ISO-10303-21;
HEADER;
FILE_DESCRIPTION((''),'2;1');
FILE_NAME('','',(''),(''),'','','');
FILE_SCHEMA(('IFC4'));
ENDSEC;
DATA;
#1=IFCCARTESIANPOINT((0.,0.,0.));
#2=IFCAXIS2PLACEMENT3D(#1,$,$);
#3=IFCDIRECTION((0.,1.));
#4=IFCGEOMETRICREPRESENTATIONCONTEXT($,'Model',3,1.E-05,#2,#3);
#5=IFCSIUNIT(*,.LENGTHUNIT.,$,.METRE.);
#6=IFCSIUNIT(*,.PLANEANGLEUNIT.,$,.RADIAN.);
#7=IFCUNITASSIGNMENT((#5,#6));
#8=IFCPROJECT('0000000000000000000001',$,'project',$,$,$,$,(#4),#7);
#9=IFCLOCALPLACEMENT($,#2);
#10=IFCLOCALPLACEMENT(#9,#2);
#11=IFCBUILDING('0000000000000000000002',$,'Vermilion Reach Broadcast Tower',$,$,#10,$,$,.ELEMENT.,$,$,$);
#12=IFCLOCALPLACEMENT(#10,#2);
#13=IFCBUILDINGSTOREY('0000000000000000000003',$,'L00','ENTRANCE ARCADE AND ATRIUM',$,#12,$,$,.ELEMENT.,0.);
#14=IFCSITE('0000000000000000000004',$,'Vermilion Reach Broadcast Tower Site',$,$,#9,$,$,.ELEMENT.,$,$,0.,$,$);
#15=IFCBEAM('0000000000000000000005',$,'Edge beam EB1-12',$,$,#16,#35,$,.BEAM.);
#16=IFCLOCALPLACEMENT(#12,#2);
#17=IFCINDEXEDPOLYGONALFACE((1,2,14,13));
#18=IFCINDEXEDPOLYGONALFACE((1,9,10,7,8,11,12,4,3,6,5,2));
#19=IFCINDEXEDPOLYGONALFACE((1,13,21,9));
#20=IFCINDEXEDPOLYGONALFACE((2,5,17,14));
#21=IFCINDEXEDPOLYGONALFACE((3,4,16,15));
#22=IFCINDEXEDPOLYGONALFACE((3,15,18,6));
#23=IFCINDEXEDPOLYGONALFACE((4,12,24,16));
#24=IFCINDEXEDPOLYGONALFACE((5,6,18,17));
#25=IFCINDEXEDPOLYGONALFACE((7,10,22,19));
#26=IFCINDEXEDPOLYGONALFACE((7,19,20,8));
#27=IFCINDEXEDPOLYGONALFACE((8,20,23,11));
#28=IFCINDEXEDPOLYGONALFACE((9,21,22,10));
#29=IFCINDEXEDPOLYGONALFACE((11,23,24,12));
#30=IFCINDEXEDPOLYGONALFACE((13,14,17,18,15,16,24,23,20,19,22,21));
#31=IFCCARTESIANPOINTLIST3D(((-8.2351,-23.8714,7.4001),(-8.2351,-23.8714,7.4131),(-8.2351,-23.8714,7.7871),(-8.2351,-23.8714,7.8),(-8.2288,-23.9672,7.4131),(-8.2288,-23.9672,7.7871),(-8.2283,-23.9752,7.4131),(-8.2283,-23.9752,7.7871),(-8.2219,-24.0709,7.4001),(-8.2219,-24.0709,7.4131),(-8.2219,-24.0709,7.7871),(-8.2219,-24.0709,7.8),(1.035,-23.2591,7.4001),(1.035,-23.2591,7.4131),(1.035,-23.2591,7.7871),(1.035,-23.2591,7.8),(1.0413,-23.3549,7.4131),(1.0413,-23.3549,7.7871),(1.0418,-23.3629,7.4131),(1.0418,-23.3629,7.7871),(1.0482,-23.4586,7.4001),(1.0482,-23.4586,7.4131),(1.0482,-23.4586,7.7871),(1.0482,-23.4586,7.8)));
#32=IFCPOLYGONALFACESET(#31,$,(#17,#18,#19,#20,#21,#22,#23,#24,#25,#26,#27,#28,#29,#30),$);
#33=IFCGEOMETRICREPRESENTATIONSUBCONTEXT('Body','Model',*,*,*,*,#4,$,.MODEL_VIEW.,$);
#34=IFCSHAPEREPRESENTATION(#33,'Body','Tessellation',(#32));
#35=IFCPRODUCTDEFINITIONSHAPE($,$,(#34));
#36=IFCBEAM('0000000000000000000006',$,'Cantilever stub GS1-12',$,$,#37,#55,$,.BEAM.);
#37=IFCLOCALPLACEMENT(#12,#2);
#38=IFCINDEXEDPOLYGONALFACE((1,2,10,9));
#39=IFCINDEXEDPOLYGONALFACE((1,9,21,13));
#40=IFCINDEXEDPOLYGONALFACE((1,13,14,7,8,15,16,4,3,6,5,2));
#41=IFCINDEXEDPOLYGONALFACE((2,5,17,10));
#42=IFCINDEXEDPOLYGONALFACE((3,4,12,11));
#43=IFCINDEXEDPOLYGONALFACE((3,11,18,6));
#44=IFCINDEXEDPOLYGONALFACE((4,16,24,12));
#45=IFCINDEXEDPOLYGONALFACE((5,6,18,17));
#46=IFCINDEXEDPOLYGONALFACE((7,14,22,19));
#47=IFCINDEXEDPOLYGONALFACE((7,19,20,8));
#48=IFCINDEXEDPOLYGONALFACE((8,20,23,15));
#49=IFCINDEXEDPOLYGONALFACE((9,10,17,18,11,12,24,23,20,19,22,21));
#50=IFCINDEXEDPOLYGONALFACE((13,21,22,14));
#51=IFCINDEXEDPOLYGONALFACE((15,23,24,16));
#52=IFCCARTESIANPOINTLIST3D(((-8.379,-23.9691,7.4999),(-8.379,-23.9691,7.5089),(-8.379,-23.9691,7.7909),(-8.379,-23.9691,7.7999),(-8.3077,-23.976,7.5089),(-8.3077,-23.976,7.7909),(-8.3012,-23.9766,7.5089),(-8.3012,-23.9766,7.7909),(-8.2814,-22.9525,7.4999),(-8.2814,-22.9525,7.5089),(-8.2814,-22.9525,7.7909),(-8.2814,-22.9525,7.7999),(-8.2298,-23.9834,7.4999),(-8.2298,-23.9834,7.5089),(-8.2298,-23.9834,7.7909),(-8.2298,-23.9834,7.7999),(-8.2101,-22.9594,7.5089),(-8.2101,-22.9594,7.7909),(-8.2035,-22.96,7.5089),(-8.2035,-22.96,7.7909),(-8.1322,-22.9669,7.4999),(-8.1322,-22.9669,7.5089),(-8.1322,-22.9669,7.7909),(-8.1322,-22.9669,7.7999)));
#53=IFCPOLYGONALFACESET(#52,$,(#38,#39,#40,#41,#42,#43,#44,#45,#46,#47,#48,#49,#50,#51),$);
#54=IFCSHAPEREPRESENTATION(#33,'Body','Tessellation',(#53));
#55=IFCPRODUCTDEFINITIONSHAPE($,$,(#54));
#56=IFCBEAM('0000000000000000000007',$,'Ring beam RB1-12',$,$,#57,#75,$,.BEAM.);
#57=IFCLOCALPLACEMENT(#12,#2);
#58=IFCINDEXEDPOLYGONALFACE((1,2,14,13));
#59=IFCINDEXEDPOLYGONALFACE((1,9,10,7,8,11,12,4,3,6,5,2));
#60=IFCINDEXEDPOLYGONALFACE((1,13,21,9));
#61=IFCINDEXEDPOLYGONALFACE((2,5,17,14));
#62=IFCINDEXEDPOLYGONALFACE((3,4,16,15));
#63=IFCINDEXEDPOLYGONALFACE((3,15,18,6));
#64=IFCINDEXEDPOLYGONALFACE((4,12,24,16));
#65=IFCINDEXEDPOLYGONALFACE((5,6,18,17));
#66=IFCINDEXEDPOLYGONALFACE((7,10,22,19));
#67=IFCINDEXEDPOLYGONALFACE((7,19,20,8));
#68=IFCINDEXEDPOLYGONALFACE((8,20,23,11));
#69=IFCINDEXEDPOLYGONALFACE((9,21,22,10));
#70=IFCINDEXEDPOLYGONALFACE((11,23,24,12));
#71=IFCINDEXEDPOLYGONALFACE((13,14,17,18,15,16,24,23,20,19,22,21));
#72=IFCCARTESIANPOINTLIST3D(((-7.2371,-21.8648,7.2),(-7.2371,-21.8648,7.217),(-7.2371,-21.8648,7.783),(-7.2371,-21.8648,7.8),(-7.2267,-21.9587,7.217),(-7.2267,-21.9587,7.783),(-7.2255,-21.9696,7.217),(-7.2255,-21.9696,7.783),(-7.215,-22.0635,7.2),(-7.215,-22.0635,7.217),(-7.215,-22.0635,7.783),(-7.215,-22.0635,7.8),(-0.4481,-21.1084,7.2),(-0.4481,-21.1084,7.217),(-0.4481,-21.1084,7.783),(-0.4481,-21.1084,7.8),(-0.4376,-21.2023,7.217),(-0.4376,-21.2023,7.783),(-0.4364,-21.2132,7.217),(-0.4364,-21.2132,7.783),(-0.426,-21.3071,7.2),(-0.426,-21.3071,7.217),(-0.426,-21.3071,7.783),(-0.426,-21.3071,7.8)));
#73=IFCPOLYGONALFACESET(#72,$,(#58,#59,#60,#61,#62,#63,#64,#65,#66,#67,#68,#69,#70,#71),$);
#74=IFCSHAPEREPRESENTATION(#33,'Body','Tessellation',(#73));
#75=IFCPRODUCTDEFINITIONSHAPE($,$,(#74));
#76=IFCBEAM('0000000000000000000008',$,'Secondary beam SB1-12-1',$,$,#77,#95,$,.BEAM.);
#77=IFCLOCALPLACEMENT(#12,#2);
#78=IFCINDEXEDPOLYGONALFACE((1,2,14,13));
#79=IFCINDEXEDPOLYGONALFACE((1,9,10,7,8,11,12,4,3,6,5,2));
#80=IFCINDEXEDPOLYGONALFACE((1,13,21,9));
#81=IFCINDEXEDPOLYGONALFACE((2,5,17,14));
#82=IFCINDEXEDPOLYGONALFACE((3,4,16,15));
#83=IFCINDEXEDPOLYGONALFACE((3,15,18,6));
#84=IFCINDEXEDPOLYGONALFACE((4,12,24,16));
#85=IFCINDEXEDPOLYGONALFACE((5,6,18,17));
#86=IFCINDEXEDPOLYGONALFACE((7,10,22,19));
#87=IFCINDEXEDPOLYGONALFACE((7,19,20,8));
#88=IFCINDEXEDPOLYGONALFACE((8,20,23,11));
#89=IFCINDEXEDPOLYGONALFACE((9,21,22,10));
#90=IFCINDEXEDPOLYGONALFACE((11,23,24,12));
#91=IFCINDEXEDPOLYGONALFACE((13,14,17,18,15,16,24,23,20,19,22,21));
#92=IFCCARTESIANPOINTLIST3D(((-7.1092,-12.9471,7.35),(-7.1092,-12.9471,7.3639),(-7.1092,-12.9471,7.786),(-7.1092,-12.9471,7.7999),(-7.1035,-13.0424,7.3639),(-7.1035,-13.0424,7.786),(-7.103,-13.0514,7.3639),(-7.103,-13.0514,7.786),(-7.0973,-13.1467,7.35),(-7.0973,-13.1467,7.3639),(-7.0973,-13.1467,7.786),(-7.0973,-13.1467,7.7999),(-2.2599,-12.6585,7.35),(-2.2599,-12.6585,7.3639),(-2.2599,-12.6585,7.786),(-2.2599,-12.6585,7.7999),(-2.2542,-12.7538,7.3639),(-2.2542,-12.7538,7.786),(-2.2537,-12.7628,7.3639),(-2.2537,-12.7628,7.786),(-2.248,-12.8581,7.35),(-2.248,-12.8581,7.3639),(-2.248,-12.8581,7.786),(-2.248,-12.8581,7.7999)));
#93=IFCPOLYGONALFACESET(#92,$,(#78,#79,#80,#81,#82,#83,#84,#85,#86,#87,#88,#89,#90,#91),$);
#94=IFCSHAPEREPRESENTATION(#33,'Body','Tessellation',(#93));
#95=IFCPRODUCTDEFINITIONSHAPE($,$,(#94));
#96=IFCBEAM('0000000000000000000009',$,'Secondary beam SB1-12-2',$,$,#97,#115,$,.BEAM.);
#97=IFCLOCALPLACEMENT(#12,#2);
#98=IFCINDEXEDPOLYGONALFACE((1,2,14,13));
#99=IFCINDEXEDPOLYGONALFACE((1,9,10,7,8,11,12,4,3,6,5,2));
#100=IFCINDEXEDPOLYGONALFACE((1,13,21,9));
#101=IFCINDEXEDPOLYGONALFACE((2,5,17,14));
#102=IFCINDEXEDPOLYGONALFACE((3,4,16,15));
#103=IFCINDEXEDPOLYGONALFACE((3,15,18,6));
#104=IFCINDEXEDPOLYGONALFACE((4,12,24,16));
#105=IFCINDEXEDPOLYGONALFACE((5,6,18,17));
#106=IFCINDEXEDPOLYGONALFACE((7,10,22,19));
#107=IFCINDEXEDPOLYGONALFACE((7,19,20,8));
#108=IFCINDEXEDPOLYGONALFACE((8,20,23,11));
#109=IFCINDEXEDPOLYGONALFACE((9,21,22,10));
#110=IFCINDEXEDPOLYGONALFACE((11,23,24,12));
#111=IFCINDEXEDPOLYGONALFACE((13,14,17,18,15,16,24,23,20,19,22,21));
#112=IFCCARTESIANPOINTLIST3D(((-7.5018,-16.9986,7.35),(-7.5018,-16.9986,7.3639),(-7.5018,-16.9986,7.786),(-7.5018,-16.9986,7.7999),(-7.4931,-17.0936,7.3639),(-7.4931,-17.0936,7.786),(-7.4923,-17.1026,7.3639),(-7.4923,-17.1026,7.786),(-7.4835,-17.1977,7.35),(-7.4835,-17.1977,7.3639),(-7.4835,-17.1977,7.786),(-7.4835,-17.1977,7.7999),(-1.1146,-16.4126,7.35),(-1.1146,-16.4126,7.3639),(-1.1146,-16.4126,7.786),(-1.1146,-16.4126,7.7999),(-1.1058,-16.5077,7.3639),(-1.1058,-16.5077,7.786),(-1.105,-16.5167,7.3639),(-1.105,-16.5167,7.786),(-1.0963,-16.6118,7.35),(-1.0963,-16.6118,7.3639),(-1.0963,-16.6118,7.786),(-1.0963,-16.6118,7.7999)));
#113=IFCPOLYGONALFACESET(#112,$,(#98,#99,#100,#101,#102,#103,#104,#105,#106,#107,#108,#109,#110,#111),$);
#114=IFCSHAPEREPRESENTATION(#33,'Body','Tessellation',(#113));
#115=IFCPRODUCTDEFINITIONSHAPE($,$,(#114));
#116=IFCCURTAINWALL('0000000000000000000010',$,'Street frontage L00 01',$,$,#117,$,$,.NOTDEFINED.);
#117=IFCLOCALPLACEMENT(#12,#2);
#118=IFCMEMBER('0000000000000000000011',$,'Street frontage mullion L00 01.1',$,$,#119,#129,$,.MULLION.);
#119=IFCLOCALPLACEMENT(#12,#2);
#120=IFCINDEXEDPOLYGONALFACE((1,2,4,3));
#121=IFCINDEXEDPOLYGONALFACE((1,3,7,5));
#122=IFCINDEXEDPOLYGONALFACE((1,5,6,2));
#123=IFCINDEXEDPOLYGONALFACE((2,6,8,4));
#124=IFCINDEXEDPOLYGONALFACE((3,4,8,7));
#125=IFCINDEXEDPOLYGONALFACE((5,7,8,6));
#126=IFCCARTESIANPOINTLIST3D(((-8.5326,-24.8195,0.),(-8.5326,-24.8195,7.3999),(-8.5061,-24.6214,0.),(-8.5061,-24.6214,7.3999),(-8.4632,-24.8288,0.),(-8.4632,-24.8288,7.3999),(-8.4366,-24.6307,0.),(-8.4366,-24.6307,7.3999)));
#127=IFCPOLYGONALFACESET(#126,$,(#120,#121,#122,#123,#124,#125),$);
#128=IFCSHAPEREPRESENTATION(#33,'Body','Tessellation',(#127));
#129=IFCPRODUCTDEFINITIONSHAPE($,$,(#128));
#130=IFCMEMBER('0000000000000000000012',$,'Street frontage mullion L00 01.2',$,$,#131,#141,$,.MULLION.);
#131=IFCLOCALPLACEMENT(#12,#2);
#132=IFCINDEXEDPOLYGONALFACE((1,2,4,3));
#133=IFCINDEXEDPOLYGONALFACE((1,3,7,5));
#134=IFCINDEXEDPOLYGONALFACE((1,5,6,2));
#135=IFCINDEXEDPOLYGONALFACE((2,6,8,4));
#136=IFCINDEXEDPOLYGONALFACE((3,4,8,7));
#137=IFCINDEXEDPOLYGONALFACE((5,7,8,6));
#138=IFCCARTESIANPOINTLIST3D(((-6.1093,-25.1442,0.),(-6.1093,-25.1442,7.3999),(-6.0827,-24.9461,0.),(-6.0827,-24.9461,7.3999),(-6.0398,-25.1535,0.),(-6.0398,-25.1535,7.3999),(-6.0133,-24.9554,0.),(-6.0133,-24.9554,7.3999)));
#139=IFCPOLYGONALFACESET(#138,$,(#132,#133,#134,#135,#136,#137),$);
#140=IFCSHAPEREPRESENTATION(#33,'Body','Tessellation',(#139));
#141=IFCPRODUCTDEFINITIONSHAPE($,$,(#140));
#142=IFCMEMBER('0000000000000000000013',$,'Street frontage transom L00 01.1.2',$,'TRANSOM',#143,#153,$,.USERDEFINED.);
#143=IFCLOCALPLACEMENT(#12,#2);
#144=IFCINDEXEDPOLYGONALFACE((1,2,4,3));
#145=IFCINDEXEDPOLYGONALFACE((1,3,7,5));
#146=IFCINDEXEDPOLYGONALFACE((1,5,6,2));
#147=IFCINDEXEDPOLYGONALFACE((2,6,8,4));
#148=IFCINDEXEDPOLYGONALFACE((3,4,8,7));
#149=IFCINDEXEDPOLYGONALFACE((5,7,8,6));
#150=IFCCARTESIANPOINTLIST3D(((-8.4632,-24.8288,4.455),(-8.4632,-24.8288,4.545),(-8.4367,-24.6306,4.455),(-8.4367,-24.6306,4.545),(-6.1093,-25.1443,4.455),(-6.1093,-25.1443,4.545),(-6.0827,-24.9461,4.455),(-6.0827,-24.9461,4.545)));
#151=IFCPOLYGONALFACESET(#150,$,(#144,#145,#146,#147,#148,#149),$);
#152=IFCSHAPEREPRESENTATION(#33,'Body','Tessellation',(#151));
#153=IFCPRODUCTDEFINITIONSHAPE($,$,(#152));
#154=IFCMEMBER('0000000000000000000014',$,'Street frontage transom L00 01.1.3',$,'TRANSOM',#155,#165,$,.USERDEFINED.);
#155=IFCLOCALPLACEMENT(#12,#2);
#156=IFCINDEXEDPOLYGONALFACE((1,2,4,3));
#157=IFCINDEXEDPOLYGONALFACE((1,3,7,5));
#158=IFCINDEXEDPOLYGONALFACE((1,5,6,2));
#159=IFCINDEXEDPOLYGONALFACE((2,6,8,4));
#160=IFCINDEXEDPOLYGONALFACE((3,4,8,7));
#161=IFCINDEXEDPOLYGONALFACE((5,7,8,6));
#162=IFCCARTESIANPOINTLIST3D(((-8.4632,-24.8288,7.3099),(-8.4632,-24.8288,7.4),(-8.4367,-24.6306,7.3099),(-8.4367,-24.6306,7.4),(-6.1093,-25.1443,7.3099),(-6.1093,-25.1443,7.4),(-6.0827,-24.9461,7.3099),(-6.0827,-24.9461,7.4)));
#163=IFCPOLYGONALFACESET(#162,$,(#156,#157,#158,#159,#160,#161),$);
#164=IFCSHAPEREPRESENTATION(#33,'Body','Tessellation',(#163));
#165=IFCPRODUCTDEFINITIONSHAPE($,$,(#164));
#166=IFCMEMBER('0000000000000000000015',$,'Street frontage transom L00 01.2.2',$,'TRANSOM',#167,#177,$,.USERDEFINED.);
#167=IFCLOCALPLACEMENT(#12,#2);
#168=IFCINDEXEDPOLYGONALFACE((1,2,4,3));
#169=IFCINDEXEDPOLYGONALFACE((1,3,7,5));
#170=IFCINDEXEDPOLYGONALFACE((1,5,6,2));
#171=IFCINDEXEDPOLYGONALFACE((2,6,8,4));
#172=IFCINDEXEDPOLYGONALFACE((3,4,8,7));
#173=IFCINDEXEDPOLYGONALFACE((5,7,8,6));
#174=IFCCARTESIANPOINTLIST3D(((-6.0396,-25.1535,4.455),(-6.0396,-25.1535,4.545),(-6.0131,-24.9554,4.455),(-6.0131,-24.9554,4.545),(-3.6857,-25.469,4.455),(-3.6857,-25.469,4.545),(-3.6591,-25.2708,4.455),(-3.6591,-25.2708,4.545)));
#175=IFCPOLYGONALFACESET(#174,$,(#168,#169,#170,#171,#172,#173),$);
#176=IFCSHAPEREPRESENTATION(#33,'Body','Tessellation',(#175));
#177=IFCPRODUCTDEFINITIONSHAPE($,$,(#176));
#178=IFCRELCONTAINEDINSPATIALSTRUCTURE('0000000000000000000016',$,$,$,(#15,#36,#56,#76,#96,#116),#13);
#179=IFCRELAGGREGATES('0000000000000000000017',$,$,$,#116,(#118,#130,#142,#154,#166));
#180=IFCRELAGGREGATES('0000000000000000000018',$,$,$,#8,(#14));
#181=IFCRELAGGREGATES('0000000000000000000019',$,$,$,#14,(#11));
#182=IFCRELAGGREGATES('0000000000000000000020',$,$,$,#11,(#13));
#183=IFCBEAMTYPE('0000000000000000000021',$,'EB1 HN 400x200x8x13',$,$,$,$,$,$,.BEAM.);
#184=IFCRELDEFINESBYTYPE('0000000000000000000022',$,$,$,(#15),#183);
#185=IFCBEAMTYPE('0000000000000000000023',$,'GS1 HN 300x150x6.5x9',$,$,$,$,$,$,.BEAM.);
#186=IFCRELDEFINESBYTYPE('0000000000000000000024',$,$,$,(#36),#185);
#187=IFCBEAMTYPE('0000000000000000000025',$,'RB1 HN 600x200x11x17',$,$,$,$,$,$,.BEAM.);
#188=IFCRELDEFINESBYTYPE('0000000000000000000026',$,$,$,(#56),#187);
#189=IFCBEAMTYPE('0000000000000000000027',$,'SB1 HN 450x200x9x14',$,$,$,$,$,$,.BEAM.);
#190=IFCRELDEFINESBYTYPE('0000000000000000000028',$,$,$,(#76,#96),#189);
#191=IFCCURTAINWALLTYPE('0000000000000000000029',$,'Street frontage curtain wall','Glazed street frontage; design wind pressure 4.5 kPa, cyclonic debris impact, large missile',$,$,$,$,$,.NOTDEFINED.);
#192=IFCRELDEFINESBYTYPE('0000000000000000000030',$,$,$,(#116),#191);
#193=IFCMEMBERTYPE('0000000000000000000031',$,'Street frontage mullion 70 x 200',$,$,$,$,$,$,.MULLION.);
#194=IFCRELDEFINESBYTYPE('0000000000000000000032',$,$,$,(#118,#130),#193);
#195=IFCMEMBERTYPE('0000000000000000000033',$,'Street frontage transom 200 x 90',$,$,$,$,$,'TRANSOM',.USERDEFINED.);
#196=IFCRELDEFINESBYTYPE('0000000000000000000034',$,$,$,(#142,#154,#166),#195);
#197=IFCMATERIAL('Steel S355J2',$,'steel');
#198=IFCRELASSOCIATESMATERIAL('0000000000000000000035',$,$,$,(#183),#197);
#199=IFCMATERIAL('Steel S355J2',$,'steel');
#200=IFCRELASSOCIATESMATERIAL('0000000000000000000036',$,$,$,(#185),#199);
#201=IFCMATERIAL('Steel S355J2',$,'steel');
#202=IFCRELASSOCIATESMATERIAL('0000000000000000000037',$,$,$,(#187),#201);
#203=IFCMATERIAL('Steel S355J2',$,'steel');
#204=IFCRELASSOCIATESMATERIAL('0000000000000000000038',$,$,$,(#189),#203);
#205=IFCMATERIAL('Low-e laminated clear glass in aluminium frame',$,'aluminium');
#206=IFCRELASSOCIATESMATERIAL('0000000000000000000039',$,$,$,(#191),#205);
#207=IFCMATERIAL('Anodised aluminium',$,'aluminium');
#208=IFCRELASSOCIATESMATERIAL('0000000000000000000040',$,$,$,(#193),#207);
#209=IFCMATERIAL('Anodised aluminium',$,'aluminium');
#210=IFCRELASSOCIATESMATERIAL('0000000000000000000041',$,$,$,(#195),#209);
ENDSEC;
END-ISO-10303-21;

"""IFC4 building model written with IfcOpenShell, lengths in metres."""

from ifc_helpers import new_model, si_unit, direction, frame, origin, origin_2d, place, context, subcontext, project, spatial, rectangle, i_section, extrude, material, material_profile, profile_set, type_object, element, aggregate, save


model = new_model("IFC4")

# Units and contexts
model_context = context("Model", 3, precision=1e-05, world=origin(), true_north=direction((0.0, 1.0)))
body_context = subcontext(model_context, "Body", "Model", "MODEL_VIEW")
ifc_project = project(units=[si_unit("LENGTHUNIT", "METRE"), si_unit("PLANEANGLEUNIT", "RADIAN")], contexts=[model_context])

# Site, building, storey
site_placement = place(None, origin())
site = spatial("IfcSite", under=ifc_project, at=site_placement, Name="Vermilion Reach Broadcast Tower Site", CompositionType="ELEMENT", RefElevation=0.0)
building_placement = place(site_placement, origin())
building = spatial("IfcBuilding", under=site, at=building_placement, Name="Vermilion Reach Broadcast Tower", CompositionType="ELEMENT")
storey_placement = place(building_placement, origin())
storey = spatial("IfcBuildingStorey", under=building, at=storey_placement, Name="L00", Description="ENTRANCE ARCADE AND ATRIUM", CompositionType="ELEMENT", Elevation=0.0)

# Beams
ifc_material_1 = material(Name="Steel S355J2", Category="steel")
ifc_material_profile_1 = material_profile(ifc_material_1, i_section(OverallWidth=0.2, OverallDepth=0.3999, WebThickness=0.0081, FlangeThickness=0.0129, at=origin_2d()), Name="S355J2 HN 400x200x8x13")
ifc_profile_set_1 = profile_set([ifc_material_profile_1], Name="Steel S355J2")
beam_type_1 = type_object("IfcBeamType", Name="EB1 HN 400x200x8x13", PredefinedType="BEAM", material=ifc_profile_set_1)
beam_1_placement = place(storey_placement, frame((-8.2285, -23.9712, 7.6001), z_axis=(0.997826, 0.065909, 0.0), x_axis=(-0.065909, 0.997826, 0.0)))
element("IfcBeam", 1, at=beam_1_placement, inside=storey, type_object=beam_type_1, Name="Edge beam EB1-12", PredefinedType="BEAM", context=body_context, shape_type="SweptSolid", body=[
    extrude(i_section(OverallWidth=0.2, OverallDepth=0.3999, WebThickness=0.0081, FlangeThickness=0.0129, at=origin_2d()), origin(), (0.0, 0.0, 1.0), 9.2903),
])
ifc_material_2 = material(Name="Steel S355J2", Category="steel")
ifc_material_profile_2 = material_profile(ifc_material_2, i_section(OverallWidth=0.1499, OverallDepth=0.3, WebThickness=0.0066, FlangeThickness=0.009, at=origin_2d()), Name="S355J2 HN 300x150x6.5x9")
ifc_profile_set_2 = profile_set([ifc_material_profile_2], Name="Steel S355J2")
beam_type_2 = type_object("IfcBeamType", Name="GS1 HN 300x150x6.5x9", PredefinedType="BEAM", material=ifc_profile_set_2)
beam_2_placement = place(storey_placement, frame((-8.2068, -22.9597, 7.6499), z_axis=(-0.095621, -0.995418, 0.0), x_axis=(0.995418, -0.095621, 0.0)))
element("IfcBeam", 2, at=beam_2_placement, inside=storey, type_object=beam_type_2, Name="Cantilever stub GS1-12", PredefinedType="BEAM", context=body_context, shape_type="SweptSolid", body=[
    extrude(i_section(OverallWidth=0.1499, OverallDepth=0.3, WebThickness=0.0066, FlangeThickness=0.009, at=origin_2d()), origin(), (0.0, 0.0, 1.0), 1.0212),
])
ifc_material_3 = material(Name="Steel S355J2", Category="steel")
ifc_material_profile_3 = material_profile(ifc_material_3, i_section(OverallWidth=0.2, OverallDepth=0.6001, WebThickness=0.011, FlangeThickness=0.0171, at=origin_2d()), Name="S355J2 HN 600x200x11x17")
ifc_profile_set_3 = profile_set([ifc_material_profile_3], Name="Steel S355J2")
beam_type_3 = type_object("IfcBeamType", Name="RB1 HN 600x200x11x17", PredefinedType="BEAM", material=ifc_profile_set_3)
beam_3_placement = place(storey_placement, frame((-7.2261, -21.9641, 7.5), z_axis=(0.993851, 0.110722, 0.0), x_axis=(-0.110722, 0.993851, 0.0)))
element("IfcBeam", 3, at=beam_3_placement, inside=storey, type_object=beam_type_3, Name="Ring beam RB1-12", PredefinedType="BEAM", context=body_context, shape_type="SweptSolid", body=[
    extrude(i_section(OverallWidth=0.2, OverallDepth=0.6001, WebThickness=0.011, FlangeThickness=0.0171, at=origin_2d()), origin(), (0.0, 0.0, 1.0), 6.8311),
])
ifc_material_4 = material(Name="Steel S355J2", Category="steel")
ifc_material_profile_4 = material_profile(ifc_material_4, i_section(OverallWidth=0.2, OverallDepth=0.45, WebThickness=0.009, FlangeThickness=0.0139, at=origin_2d()), Name="S355J2 HN 450x200x9x14")
ifc_profile_set_4 = profile_set([ifc_material_profile_4], Name="Steel S355J2")
beam_type_4 = type_object("IfcBeamType", Name="SB1 HN 450x200x9x14", PredefinedType="BEAM", material=ifc_profile_set_4)
beam_4_placement = place(storey_placement, frame((-7.1033, -13.0469, 7.575), z_axis=(0.998234, 0.059403, 0.0), x_axis=(-0.059403, 0.998234, 0.0)))
element("IfcBeam", 4, at=beam_4_placement, inside=storey, type_object=beam_type_4, Name="Secondary beam SB1-12-1", PredefinedType="BEAM", context=body_context, shape_type="SweptSolid", body=[
    extrude(i_section(OverallWidth=0.2, OverallDepth=0.45, WebThickness=0.009, FlangeThickness=0.0139, at=origin_2d()), origin(), (0.0, 0.0, 1.0), 4.8579),
])
beam_5_placement = place(storey_placement, frame((-7.4927, -17.0981, 7.575), z_axis=(0.995819, 0.091353, 0.0), x_axis=(-0.091353, 0.995819, 0.0)))
element("IfcBeam", 5, at=beam_5_placement, inside=storey, type_object=beam_type_4, Name="Secondary beam SB1-12-2", PredefinedType="BEAM", context=body_context, shape_type="SweptSolid", body=[
    extrude(i_section(OverallWidth=0.2, OverallDepth=0.45, WebThickness=0.009, FlangeThickness=0.0139, at=origin_2d()), origin(), (0.0, 0.0, 1.0), 6.4141),
])

# Curtain wall, members
ifc_material_5 = material(Name="Low-e laminated clear glass in aluminium frame", Category="aluminium")
curtain_wall_type = type_object("IfcCurtainWallType", Name="Street frontage curtain wall", Description="Glazed street frontage; design wind pressure 4.5 kPa, cyclonic debris impact, large missile", PredefinedType="NOTDEFINED", material=ifc_material_5)
curtain_wall_placement = place(storey_placement, origin())
curtain_wall = element("IfcCurtainWall", 6, at=curtain_wall_placement, inside=storey, type_object=curtain_wall_type, Name="Street frontage L00 01", PredefinedType="NOTDEFINED")
ifc_material_6 = material(Name="Anodised aluminium", Category="aluminium")
ifc_material_profile_5 = material_profile(ifc_material_6, rectangle(XDim=0.2, YDim=0.0701, at=origin_2d()), Name="Street frontage mullion 70 x 200")
ifc_profile_set_5 = profile_set([ifc_material_profile_5], Name="Anodised aluminium")
member_type_1 = type_object("IfcMemberType", Name="Street frontage mullion 70 x 200", PredefinedType="MULLION", material=ifc_profile_set_5)
member_1_placement = place(storey_placement, frame((-8.4846, -24.7251, 0.0), z_axis=(0.0, 0.0, 1.0), x_axis=(0.132794, 0.991144, 0.0)))
member_1 = element("IfcMember", 7, at=member_1_placement, type_object=member_type_1, Name="Street frontage mullion L00 01.1", PredefinedType="MULLION", context=body_context, shape_type="SweptSolid", body=[
    extrude(rectangle(XDim=0.2, YDim=0.0701, at=origin_2d()), origin(), (0.0, 0.0, 1.0), 7.3999),
])
member_2_placement = place(storey_placement, frame((-6.0613, -25.0498, 0.0), z_axis=(0.0, 0.0, 1.0), x_axis=(0.132794, 0.991144, 0.0)))
member_2 = element("IfcMember", 8, at=member_2_placement, type_object=member_type_1, Name="Street frontage mullion L00 01.2", PredefinedType="MULLION", context=body_context, shape_type="SweptSolid", body=[
    extrude(rectangle(XDim=0.2, YDim=0.0701, at=origin_2d()), origin(), (0.0, 0.0, 1.0), 7.3999),
])
ifc_material_7 = material(Name="Anodised aluminium", Category="aluminium")
ifc_material_profile_6 = material_profile(ifc_material_7, rectangle(XDim=0.2, YDim=0.0901, at=origin_2d()), Name="Street frontage transom 200 x 90")
ifc_profile_set_6 = profile_set([ifc_material_profile_6], Name="Anodised aluminium")
member_type_2 = type_object("IfcMemberType", Name="Street frontage transom 200 x 90", ElementType="TRANSOM", PredefinedType="USERDEFINED", material=ifc_profile_set_6)
member_3_placement = place(storey_placement, frame((-8.45, -24.7297, 4.5), z_axis=(0.991142, -0.13281, 0.0), x_axis=(0.13281, 0.991142, 0.0)))
member_3 = element("IfcMember", 9, at=member_3_placement, type_object=member_type_2, Name="Street frontage transom L00 01.1.2", ObjectType="TRANSOM", PredefinedType="USERDEFINED", context=body_context, shape_type="SweptSolid", body=[
    extrude(rectangle(XDim=0.2, YDim=0.0901, at=origin_2d()), origin(), (0.0, 0.0, 1.0), 2.375),
])
member_4_placement = place(storey_placement, frame((-8.45, -24.7297, 7.355), z_axis=(0.991142, -0.13281, 0.0), x_axis=(0.13281, 0.991142, 0.0)))
member_4 = element("IfcMember", 10, at=member_4_placement, type_object=member_type_2, Name="Street frontage transom L00 01.1.3", ObjectType="TRANSOM", PredefinedType="USERDEFINED", context=body_context, shape_type="SweptSolid", body=[
    extrude(rectangle(XDim=0.2, YDim=0.0901, at=origin_2d()), origin(), (0.0, 0.0, 1.0), 2.375),
])
member_5_placement = place(storey_placement, frame((-6.0264, -25.0544, 4.5), z_axis=(0.991142, -0.13281, 0.0), x_axis=(0.13281, 0.991142, 0.0)))
member_5 = element("IfcMember", 11, at=member_5_placement, type_object=member_type_2, Name="Street frontage transom L00 01.2.2", ObjectType="TRANSOM", PredefinedType="USERDEFINED", context=body_context, shape_type="SweptSolid", body=[
    extrude(rectangle(XDim=0.2, YDim=0.0901, at=origin_2d()), origin(), (0.0, 0.0, 1.0), 2.375),
])
aggregate(curtain_wall, [member_1, member_2, member_3, member_4, member_5])

save(model, "model.ifc")
